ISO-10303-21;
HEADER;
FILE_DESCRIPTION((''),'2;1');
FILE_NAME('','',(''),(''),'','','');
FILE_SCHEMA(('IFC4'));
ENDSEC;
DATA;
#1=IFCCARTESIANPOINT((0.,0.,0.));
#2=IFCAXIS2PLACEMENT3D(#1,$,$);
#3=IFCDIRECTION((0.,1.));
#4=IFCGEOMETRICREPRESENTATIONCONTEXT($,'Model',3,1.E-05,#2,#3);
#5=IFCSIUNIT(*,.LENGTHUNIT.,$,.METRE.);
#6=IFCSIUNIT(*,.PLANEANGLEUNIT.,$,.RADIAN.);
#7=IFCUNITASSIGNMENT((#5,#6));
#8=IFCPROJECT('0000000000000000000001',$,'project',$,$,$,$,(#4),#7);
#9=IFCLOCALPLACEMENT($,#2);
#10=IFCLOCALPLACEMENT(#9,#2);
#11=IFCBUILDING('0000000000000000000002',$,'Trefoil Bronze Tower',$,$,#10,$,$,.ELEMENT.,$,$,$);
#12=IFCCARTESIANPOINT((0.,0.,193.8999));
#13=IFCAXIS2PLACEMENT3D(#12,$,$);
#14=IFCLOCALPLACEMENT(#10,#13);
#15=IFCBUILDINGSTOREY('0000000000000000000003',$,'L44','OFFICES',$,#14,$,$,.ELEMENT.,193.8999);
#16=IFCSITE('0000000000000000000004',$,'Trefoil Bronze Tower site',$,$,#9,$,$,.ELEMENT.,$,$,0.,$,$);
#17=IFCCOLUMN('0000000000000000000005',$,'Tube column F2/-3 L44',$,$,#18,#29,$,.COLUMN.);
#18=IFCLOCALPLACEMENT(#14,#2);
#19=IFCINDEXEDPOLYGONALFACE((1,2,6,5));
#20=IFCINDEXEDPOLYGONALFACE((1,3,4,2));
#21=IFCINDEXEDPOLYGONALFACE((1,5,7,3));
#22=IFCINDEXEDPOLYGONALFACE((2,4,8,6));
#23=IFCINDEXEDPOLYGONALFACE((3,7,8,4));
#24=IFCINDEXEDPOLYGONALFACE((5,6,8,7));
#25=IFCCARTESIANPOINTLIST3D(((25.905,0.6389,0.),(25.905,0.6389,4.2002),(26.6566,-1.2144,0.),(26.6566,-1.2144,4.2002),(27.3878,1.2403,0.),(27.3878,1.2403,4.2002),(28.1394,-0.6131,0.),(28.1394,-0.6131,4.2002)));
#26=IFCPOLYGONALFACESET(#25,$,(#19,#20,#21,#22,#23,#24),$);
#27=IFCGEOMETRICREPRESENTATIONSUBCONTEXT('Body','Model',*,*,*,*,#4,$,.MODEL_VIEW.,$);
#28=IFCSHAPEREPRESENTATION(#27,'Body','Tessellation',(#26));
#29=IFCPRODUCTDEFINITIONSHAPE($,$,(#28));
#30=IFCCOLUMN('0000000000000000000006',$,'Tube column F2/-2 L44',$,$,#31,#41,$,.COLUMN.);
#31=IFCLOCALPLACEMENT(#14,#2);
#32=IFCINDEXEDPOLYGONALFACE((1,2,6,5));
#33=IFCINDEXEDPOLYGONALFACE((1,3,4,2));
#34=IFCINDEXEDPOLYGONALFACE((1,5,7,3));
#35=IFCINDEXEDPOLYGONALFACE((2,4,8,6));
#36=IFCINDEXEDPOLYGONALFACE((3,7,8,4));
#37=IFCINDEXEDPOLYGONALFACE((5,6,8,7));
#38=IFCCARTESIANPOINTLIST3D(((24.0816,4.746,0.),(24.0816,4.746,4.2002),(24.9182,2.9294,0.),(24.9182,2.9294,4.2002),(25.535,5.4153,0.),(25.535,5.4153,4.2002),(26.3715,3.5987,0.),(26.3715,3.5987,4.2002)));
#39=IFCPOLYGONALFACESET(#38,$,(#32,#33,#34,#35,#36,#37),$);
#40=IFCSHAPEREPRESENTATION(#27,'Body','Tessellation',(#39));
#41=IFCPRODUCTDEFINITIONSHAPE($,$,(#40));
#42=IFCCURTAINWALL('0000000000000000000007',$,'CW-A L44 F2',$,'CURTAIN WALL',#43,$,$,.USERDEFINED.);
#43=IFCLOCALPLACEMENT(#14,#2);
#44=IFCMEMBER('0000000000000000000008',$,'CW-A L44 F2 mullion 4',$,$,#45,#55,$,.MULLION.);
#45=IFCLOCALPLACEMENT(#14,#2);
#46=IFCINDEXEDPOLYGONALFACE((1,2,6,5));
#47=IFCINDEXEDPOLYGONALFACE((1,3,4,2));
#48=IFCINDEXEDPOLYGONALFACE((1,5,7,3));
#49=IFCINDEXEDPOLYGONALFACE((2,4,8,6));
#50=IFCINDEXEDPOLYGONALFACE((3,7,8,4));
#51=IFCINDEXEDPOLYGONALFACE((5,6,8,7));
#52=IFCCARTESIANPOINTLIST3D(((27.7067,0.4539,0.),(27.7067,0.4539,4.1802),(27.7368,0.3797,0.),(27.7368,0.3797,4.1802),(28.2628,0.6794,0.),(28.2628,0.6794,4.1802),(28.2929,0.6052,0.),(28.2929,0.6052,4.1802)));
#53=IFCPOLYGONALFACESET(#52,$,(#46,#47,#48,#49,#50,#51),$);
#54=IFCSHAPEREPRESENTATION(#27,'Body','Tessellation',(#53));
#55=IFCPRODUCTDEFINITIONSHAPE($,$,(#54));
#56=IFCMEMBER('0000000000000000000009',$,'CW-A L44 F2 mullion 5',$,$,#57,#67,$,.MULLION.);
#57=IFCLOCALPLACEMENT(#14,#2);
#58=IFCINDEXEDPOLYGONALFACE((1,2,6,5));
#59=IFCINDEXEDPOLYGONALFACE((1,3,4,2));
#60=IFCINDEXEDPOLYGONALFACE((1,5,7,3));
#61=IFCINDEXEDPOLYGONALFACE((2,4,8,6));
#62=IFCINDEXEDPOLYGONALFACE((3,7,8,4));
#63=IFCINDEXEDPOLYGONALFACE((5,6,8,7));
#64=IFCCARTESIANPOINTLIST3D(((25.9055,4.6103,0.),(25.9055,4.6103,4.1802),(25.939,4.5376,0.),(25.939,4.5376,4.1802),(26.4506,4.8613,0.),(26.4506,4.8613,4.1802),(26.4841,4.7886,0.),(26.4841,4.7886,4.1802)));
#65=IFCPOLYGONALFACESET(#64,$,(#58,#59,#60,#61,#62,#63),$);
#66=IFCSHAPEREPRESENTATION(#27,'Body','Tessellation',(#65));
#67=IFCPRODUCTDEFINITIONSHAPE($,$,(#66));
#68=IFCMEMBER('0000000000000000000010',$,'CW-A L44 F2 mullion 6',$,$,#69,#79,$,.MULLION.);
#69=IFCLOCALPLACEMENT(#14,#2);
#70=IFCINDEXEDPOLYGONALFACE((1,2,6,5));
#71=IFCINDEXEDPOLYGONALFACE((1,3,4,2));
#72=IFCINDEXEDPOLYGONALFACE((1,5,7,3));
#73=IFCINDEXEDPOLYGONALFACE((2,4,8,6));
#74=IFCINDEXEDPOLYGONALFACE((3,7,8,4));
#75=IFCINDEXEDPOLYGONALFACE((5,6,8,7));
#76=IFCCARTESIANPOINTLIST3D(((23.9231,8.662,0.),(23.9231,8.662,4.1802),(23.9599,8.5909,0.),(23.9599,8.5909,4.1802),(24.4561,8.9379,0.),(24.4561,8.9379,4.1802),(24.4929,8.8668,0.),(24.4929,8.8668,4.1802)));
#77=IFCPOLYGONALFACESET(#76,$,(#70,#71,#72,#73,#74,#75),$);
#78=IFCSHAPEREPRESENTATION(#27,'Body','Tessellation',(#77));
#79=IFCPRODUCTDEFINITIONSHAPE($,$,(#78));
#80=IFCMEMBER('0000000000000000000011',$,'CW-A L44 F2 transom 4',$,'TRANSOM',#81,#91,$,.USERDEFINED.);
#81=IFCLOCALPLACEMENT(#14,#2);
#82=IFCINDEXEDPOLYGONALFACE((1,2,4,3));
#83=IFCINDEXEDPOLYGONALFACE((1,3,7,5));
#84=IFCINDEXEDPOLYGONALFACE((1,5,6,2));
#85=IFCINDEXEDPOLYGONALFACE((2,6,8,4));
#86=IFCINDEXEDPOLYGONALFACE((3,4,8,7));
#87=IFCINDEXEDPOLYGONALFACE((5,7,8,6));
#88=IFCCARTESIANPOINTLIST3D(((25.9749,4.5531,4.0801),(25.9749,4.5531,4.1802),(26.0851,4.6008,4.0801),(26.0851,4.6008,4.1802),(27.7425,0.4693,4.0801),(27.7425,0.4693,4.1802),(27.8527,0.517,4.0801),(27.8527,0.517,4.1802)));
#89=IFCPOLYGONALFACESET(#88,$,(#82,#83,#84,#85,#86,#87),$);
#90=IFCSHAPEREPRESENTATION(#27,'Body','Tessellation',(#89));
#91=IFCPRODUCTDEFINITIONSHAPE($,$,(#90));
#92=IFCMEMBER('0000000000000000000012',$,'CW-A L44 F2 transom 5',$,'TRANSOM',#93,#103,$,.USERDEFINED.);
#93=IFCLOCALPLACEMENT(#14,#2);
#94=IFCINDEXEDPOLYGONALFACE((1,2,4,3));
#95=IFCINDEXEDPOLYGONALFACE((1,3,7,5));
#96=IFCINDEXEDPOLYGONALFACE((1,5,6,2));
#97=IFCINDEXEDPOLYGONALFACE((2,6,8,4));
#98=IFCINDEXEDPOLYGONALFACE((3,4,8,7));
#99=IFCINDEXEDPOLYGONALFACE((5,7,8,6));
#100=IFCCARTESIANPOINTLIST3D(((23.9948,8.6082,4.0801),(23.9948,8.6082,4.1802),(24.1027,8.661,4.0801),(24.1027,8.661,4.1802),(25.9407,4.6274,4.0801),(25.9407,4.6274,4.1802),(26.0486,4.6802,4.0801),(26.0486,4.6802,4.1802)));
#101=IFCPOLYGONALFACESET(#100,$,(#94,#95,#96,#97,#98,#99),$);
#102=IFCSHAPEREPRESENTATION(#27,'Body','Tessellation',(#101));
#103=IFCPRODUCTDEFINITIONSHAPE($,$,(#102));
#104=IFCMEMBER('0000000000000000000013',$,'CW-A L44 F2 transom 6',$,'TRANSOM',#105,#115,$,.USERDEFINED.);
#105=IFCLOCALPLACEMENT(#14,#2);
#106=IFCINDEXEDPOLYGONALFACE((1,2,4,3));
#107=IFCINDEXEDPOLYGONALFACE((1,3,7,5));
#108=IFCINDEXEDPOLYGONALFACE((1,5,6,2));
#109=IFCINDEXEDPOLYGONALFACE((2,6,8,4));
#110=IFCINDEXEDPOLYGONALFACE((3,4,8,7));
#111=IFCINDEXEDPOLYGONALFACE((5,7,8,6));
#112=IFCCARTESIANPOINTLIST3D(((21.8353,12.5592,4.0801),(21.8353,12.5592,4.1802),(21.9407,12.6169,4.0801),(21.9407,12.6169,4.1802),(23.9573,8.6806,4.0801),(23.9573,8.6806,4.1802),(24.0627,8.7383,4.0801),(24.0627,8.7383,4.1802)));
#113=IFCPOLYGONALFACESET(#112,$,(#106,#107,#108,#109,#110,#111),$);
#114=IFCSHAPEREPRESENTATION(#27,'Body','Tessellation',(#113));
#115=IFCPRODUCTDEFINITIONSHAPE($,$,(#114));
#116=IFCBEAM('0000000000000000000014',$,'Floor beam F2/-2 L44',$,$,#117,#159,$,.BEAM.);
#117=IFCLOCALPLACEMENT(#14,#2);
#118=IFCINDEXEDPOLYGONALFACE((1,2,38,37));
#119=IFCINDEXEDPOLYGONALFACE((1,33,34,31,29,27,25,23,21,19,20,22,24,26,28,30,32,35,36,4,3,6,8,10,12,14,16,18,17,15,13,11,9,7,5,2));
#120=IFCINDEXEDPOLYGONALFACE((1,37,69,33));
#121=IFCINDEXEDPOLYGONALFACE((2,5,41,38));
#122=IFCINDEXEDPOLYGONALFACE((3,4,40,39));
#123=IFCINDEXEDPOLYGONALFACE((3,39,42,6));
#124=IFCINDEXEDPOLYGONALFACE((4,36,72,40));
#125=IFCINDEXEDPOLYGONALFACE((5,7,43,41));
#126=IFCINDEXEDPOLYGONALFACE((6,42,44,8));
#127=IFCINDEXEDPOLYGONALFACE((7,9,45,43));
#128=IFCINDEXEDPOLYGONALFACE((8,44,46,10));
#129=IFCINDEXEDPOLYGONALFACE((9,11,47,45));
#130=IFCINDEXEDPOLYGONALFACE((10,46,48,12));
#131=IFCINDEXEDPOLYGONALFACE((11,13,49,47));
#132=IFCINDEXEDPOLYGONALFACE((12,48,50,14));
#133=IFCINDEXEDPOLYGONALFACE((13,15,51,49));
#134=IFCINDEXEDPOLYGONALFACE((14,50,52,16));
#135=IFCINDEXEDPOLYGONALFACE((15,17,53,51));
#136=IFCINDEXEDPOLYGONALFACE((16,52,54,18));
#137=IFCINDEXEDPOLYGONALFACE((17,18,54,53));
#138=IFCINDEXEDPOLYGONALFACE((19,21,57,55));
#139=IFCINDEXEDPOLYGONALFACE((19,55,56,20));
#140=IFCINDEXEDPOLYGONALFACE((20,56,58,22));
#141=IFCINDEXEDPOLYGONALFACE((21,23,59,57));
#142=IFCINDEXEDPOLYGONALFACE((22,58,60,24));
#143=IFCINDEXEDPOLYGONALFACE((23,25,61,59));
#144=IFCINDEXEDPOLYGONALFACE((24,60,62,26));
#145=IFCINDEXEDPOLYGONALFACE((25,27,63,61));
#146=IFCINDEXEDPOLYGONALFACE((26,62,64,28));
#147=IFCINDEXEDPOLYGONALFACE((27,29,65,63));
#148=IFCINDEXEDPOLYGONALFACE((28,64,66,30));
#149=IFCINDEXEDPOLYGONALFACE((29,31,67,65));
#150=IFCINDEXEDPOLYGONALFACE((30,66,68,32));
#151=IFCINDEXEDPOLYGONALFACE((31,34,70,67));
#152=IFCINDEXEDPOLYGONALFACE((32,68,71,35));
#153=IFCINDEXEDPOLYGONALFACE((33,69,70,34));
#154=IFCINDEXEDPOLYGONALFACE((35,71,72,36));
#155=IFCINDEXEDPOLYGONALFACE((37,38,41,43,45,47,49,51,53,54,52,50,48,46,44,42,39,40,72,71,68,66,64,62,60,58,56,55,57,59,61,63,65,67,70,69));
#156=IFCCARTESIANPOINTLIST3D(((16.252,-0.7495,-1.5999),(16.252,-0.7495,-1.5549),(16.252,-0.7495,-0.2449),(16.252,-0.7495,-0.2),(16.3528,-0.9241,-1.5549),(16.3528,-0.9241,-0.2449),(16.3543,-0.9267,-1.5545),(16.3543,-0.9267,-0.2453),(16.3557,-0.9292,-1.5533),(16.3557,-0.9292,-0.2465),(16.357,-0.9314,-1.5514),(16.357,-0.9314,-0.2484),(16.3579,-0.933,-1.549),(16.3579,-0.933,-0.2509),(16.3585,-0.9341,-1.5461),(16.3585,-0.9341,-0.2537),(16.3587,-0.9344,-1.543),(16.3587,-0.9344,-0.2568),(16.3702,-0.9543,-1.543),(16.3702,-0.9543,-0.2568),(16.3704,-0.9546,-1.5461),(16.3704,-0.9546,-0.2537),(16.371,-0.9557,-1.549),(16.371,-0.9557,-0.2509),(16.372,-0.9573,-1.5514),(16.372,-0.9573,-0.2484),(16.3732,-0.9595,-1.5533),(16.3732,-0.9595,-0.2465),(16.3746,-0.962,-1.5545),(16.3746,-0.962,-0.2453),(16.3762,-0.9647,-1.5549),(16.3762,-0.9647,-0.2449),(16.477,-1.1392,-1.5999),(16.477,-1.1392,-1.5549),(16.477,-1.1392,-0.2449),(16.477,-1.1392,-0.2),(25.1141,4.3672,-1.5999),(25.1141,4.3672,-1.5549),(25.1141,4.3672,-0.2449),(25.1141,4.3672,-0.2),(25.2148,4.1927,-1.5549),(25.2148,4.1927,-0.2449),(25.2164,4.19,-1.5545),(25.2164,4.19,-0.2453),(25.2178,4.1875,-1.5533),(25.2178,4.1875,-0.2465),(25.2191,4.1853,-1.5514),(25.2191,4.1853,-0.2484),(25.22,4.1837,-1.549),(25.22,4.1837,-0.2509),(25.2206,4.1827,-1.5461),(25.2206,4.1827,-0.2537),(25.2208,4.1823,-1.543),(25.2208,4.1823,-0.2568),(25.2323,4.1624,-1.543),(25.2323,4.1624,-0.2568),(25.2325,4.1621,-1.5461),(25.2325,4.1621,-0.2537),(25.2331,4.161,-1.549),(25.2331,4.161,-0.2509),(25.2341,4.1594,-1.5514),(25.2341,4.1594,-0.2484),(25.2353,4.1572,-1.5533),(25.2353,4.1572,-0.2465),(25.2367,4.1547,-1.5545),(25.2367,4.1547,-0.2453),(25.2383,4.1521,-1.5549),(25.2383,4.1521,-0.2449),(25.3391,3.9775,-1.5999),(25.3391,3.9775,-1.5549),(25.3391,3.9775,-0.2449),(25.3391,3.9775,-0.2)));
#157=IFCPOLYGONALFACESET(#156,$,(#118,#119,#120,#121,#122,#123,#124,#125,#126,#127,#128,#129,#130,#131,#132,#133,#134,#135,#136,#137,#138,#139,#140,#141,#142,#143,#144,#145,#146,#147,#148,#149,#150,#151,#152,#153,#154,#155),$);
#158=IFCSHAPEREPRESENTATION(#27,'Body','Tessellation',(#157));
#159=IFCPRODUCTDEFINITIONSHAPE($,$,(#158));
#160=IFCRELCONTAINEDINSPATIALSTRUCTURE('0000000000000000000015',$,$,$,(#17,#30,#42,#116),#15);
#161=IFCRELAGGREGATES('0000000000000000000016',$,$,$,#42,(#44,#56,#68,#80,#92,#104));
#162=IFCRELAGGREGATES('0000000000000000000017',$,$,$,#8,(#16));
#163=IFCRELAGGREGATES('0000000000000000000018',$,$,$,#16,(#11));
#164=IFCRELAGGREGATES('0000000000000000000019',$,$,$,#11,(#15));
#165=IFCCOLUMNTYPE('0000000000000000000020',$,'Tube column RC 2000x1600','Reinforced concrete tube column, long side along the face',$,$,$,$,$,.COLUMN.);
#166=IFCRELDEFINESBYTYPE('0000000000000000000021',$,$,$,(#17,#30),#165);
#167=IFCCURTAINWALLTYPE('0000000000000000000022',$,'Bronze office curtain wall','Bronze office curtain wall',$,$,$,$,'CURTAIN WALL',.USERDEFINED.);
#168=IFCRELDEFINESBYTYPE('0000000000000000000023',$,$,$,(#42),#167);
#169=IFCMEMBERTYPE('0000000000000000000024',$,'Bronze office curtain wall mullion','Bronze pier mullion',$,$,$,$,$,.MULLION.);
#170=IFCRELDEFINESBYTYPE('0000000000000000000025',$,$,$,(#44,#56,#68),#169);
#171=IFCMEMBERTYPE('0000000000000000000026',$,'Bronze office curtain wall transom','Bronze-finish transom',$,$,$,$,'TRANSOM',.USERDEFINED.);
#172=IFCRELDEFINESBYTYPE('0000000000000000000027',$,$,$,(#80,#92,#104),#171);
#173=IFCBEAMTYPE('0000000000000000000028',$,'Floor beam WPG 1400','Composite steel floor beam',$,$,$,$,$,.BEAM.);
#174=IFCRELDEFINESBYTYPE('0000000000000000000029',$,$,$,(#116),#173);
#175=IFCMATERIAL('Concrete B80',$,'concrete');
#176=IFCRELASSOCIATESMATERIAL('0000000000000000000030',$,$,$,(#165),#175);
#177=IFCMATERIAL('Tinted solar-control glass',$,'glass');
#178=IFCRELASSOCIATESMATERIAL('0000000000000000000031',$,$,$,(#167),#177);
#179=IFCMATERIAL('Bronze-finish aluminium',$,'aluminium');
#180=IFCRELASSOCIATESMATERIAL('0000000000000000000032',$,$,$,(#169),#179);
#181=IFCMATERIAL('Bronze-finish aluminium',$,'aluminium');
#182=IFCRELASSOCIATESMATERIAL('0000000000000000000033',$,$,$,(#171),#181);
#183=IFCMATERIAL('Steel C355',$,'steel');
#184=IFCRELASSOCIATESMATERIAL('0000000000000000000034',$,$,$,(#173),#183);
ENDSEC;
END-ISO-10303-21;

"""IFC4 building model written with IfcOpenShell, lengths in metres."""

from ifc_helpers import new_model, si_unit, direction, frame, origin, origin_2d, place, context, subcontext, project, spatial, rectangle, i_section, extrude, material, material_profile, profile_set, type_object, element, aggregate, save


model = new_model("IFC4")

# Units and contexts
model_context = context("Model", 3, precision=1e-05, world=origin(), true_north=direction((0.0, 1.0)))
body_context = subcontext(model_context, "Body", "Model", "MODEL_VIEW")
ifc_project = project(units=[si_unit("LENGTHUNIT", "METRE"), si_unit("PLANEANGLEUNIT", "RADIAN")], contexts=[model_context])

# Site, building, storey
site_placement = place(None, origin())
site = spatial("IfcSite", under=ifc_project, at=site_placement, Name="Trefoil Bronze Tower site", CompositionType="ELEMENT", RefElevation=0.0)
building_placement = place(site_placement, origin())
building = spatial("IfcBuilding", under=site, at=building_placement, Name="Trefoil Bronze Tower", CompositionType="ELEMENT")
storey_placement = place(building_placement, frame((0.0, 0.0, 193.8999)))
storey = spatial("IfcBuildingStorey", under=building, at=storey_placement, Name="L44", Description="OFFICES", CompositionType="ELEMENT", Elevation=193.8999)

# Columns
ifc_material_1 = material(Name="Concrete B80", Category="concrete")
ifc_material_profile_1 = material_profile(ifc_material_1, rectangle(XDim=2.0, YDim=1.6001, at=origin_2d()), Name="RC 2000x1600")
ifc_profile_set_1 = profile_set([ifc_material_profile_1], Name="Concrete B80")
column_type = type_object("IfcColumnType", Name="Tube column RC 2000x1600", Description="Reinforced concrete tube column, long side along the face", PredefinedType="COLUMN", material=ifc_profile_set_1)
for number, where, z_axis, x_axis, name in (
    (1, (27.0222, 0.0129, 0.0), (0.0, 0.0, 1.0), (-0.375828, 0.926689, 0.0), "Tube column F2/-3 L44"),
    (2, (25.2266, 4.1724, 0.0), (0.0, 0.0, 1.0), (-0.418286, 0.908315, 0.0), "Tube column F2/-2 L44"),
):
    element("IfcColumn", number, at=place(storey_placement, frame(where, z_axis=z_axis, x_axis=x_axis)), inside=storey, type_object=column_type, Name=name, PredefinedType="COLUMN", context=body_context, shape_type="SweptSolid", body=[
        extrude(rectangle(XDim=2.0, YDim=1.6001, at=origin_2d()), origin(), (0.0, 0.0, 1.0), 4.2002),
    ])

# Curtain wall, members
ifc_material_2 = material(Name="Tinted solar-control glass", Category="glass")
curtain_wall_type = type_object("IfcCurtainWallType", Name="Bronze office curtain wall", Description="Bronze office curtain wall", ElementType="CURTAIN WALL", PredefinedType="USERDEFINED", material=ifc_material_2)
curtain_wall_placement = place(storey_placement, origin())
curtain_wall = element("IfcCurtainWall", 3, at=curtain_wall_placement, inside=storey, type_object=curtain_wall_type, Name="CW-A L44 F2", ObjectType="CURTAIN WALL", PredefinedType="USERDEFINED")
ifc_material_3 = material(Name="Bronze-finish aluminium", Category="aluminium")
ifc_material_profile_2 = material_profile(ifc_material_3, rectangle(XDim=0.6001, YDim=0.0801, at=origin_2d()), Name="CW-A mullion")
ifc_profile_set_2 = profile_set([ifc_material_profile_2], Name="Bronze-finish aluminium")
member_type_1 = type_object("IfcMemberType", Name="Bronze office curtain wall mullion", Description="Bronze pier mullion", PredefinedType="MULLION", material=ifc_profile_set_2)
member_1_placement = place(storey_placement, frame((27.9998, 0.5295, 0.0), z_axis=(0.0, 0.0, 1.0), x_axis=(-0.926689, -0.375828, 0.0)))
member_1 = element("IfcMember", 4, at=member_1_placement, type_object=member_type_1, Name="CW-A L44 F2 mullion 4", PredefinedType="MULLION", context=body_context, shape_type="SweptSolid", body=[
    extrude(rectangle(XDim=0.6001, YDim=0.0801, at=origin_2d()), origin(), (0.0, 0.0, 1.0), 4.1802),
])
member_2_placement = place(storey_placement, frame((26.1948, 4.6995, 0.0), z_axis=(0.0, 0.0, 1.0), x_axis=(-0.908315, -0.418286, 0.0)))
member_2 = element("IfcMember", 5, at=member_2_placement, type_object=member_type_1, Name="CW-A L44 F2 mullion 5", PredefinedType="MULLION", context=body_context, shape_type="SweptSolid", body=[
    extrude(rectangle(XDim=0.6001, YDim=0.0801, at=origin_2d()), origin(), (0.0, 0.0, 1.0), 4.1802),
])
member_3_placement = place(storey_placement, frame((24.208, 8.7644, 0.0), z_axis=(0.0, 0.0, 1.0), x_axis=(-0.888088, -0.459673, 0.0)))
member_3 = element("IfcMember", 6, at=member_3_placement, type_object=member_type_1, Name="CW-A L44 F2 mullion 6", PredefinedType="MULLION", context=body_context, shape_type="SweptSolid", body=[
    extrude(rectangle(XDim=0.6001, YDim=0.0801, at=origin_2d()), origin(), (0.0, 0.0, 1.0), 4.1802),
])
ifc_material_4 = material(Name="Bronze-finish aluminium", Category="aluminium")
ifc_material_profile_3 = material_profile(ifc_material_4, rectangle(XDim=0.1201, YDim=0.1001, at=origin_2d()), Name="CW-A transom")
ifc_profile_set_3 = profile_set([ifc_material_profile_3], Name="Bronze-finish aluminium")
member_type_2 = type_object("IfcMemberType", Name="Bronze office curtain wall transom", Description="Bronze-finish transom", ElementType="TRANSOM", PredefinedType="USERDEFINED", material=ifc_profile_set_3)
member_4_placement = place(storey_placement, frame((27.7976, 0.4932, 4.1301), z_axis=(-0.397221, 0.917723, 0.0), x_axis=(-0.917723, -0.397221, 0.0)))
member_4 = element("IfcMember", 7, at=member_4_placement, type_object=member_type_2, Name="CW-A L44 F2 transom 4", ObjectType="TRANSOM", PredefinedType="USERDEFINED", context=body_context, shape_type="SweptSolid", body=[
    extrude(rectangle(XDim=0.1201, YDim=0.1001, at=origin_2d()), origin(), (0.0, 0.0, 1.0), 4.45),
])
member_5_placement = place(storey_placement, frame((25.9946, 4.6538, 4.1301), z_axis=(-0.439151, 0.898413, 0.0), x_axis=(-0.898413, -0.439151, 0.0)))
member_5 = element("IfcMember", 8, at=member_5_placement, type_object=member_type_2, Name="CW-A L44 F2 transom 5", ObjectType="TRANSOM", PredefinedType="USERDEFINED", context=body_context, shape_type="SweptSolid", body=[
    extrude(rectangle(XDim=0.1201, YDim=0.1001, at=origin_2d()), origin(), (0.0, 0.0, 1.0), 4.4309),
])
member_6_placement = place(storey_placement, frame((24.01, 8.7095, 4.1301), z_axis=(-0.479974, 0.877283, 0.0), x_axis=(-0.877283, -0.479974, 0.0)))
member_6 = element("IfcMember", 9, at=member_6_placement, type_object=member_type_2, Name="CW-A L44 F2 transom 6", ObjectType="TRANSOM", PredefinedType="USERDEFINED", context=body_context, shape_type="SweptSolid", body=[
    extrude(rectangle(XDim=0.1201, YDim=0.1001, at=origin_2d()), origin(), (0.0, 0.0, 1.0), 4.4211),
])

# Beam
ifc_material_5 = material(Name="Steel C355", Category="steel")
ifc_material_profile_4 = material_profile(ifc_material_5, i_section(OverallWidth=0.45, OverallDepth=1.3999, WebThickness=0.0229, FlangeThickness=0.0449, FilletRadius=0.012, at=origin_2d()), Name="WPG 1400")
ifc_profile_set_4 = profile_set([ifc_material_profile_4], Name="Steel C355")
beam_type_1 = type_object("IfcBeamType", Name="Floor beam WPG 1400", Description="Composite steel floor beam", PredefinedType="BEAM", material=ifc_profile_set_4)
beam_1_placement = place(storey_placement, frame((25.2266, 4.1724, -0.8999), z_axis=(-0.866018, -0.500014, 0.0), x_axis=(0.500014, -0.866018, 0.0)))
element("IfcBeam", 10, at=beam_1_placement, inside=storey, type_object=beam_type_1, Name="Floor beam F2/-2 L44", PredefinedType="BEAM", context=body_context, shape_type="SweptSolid", body=[
    extrude(i_section(OverallWidth=0.45, OverallDepth=1.3999, WebThickness=0.0229, FlangeThickness=0.0449, FilletRadius=0.012, at=origin_2d()), origin(), (0.0, 0.0, 1.0), 10.2332),
])

aggregate(curtain_wall, [member_1, member_2, member_3, member_4, member_5, member_6])

save(model, "model.ifc")
